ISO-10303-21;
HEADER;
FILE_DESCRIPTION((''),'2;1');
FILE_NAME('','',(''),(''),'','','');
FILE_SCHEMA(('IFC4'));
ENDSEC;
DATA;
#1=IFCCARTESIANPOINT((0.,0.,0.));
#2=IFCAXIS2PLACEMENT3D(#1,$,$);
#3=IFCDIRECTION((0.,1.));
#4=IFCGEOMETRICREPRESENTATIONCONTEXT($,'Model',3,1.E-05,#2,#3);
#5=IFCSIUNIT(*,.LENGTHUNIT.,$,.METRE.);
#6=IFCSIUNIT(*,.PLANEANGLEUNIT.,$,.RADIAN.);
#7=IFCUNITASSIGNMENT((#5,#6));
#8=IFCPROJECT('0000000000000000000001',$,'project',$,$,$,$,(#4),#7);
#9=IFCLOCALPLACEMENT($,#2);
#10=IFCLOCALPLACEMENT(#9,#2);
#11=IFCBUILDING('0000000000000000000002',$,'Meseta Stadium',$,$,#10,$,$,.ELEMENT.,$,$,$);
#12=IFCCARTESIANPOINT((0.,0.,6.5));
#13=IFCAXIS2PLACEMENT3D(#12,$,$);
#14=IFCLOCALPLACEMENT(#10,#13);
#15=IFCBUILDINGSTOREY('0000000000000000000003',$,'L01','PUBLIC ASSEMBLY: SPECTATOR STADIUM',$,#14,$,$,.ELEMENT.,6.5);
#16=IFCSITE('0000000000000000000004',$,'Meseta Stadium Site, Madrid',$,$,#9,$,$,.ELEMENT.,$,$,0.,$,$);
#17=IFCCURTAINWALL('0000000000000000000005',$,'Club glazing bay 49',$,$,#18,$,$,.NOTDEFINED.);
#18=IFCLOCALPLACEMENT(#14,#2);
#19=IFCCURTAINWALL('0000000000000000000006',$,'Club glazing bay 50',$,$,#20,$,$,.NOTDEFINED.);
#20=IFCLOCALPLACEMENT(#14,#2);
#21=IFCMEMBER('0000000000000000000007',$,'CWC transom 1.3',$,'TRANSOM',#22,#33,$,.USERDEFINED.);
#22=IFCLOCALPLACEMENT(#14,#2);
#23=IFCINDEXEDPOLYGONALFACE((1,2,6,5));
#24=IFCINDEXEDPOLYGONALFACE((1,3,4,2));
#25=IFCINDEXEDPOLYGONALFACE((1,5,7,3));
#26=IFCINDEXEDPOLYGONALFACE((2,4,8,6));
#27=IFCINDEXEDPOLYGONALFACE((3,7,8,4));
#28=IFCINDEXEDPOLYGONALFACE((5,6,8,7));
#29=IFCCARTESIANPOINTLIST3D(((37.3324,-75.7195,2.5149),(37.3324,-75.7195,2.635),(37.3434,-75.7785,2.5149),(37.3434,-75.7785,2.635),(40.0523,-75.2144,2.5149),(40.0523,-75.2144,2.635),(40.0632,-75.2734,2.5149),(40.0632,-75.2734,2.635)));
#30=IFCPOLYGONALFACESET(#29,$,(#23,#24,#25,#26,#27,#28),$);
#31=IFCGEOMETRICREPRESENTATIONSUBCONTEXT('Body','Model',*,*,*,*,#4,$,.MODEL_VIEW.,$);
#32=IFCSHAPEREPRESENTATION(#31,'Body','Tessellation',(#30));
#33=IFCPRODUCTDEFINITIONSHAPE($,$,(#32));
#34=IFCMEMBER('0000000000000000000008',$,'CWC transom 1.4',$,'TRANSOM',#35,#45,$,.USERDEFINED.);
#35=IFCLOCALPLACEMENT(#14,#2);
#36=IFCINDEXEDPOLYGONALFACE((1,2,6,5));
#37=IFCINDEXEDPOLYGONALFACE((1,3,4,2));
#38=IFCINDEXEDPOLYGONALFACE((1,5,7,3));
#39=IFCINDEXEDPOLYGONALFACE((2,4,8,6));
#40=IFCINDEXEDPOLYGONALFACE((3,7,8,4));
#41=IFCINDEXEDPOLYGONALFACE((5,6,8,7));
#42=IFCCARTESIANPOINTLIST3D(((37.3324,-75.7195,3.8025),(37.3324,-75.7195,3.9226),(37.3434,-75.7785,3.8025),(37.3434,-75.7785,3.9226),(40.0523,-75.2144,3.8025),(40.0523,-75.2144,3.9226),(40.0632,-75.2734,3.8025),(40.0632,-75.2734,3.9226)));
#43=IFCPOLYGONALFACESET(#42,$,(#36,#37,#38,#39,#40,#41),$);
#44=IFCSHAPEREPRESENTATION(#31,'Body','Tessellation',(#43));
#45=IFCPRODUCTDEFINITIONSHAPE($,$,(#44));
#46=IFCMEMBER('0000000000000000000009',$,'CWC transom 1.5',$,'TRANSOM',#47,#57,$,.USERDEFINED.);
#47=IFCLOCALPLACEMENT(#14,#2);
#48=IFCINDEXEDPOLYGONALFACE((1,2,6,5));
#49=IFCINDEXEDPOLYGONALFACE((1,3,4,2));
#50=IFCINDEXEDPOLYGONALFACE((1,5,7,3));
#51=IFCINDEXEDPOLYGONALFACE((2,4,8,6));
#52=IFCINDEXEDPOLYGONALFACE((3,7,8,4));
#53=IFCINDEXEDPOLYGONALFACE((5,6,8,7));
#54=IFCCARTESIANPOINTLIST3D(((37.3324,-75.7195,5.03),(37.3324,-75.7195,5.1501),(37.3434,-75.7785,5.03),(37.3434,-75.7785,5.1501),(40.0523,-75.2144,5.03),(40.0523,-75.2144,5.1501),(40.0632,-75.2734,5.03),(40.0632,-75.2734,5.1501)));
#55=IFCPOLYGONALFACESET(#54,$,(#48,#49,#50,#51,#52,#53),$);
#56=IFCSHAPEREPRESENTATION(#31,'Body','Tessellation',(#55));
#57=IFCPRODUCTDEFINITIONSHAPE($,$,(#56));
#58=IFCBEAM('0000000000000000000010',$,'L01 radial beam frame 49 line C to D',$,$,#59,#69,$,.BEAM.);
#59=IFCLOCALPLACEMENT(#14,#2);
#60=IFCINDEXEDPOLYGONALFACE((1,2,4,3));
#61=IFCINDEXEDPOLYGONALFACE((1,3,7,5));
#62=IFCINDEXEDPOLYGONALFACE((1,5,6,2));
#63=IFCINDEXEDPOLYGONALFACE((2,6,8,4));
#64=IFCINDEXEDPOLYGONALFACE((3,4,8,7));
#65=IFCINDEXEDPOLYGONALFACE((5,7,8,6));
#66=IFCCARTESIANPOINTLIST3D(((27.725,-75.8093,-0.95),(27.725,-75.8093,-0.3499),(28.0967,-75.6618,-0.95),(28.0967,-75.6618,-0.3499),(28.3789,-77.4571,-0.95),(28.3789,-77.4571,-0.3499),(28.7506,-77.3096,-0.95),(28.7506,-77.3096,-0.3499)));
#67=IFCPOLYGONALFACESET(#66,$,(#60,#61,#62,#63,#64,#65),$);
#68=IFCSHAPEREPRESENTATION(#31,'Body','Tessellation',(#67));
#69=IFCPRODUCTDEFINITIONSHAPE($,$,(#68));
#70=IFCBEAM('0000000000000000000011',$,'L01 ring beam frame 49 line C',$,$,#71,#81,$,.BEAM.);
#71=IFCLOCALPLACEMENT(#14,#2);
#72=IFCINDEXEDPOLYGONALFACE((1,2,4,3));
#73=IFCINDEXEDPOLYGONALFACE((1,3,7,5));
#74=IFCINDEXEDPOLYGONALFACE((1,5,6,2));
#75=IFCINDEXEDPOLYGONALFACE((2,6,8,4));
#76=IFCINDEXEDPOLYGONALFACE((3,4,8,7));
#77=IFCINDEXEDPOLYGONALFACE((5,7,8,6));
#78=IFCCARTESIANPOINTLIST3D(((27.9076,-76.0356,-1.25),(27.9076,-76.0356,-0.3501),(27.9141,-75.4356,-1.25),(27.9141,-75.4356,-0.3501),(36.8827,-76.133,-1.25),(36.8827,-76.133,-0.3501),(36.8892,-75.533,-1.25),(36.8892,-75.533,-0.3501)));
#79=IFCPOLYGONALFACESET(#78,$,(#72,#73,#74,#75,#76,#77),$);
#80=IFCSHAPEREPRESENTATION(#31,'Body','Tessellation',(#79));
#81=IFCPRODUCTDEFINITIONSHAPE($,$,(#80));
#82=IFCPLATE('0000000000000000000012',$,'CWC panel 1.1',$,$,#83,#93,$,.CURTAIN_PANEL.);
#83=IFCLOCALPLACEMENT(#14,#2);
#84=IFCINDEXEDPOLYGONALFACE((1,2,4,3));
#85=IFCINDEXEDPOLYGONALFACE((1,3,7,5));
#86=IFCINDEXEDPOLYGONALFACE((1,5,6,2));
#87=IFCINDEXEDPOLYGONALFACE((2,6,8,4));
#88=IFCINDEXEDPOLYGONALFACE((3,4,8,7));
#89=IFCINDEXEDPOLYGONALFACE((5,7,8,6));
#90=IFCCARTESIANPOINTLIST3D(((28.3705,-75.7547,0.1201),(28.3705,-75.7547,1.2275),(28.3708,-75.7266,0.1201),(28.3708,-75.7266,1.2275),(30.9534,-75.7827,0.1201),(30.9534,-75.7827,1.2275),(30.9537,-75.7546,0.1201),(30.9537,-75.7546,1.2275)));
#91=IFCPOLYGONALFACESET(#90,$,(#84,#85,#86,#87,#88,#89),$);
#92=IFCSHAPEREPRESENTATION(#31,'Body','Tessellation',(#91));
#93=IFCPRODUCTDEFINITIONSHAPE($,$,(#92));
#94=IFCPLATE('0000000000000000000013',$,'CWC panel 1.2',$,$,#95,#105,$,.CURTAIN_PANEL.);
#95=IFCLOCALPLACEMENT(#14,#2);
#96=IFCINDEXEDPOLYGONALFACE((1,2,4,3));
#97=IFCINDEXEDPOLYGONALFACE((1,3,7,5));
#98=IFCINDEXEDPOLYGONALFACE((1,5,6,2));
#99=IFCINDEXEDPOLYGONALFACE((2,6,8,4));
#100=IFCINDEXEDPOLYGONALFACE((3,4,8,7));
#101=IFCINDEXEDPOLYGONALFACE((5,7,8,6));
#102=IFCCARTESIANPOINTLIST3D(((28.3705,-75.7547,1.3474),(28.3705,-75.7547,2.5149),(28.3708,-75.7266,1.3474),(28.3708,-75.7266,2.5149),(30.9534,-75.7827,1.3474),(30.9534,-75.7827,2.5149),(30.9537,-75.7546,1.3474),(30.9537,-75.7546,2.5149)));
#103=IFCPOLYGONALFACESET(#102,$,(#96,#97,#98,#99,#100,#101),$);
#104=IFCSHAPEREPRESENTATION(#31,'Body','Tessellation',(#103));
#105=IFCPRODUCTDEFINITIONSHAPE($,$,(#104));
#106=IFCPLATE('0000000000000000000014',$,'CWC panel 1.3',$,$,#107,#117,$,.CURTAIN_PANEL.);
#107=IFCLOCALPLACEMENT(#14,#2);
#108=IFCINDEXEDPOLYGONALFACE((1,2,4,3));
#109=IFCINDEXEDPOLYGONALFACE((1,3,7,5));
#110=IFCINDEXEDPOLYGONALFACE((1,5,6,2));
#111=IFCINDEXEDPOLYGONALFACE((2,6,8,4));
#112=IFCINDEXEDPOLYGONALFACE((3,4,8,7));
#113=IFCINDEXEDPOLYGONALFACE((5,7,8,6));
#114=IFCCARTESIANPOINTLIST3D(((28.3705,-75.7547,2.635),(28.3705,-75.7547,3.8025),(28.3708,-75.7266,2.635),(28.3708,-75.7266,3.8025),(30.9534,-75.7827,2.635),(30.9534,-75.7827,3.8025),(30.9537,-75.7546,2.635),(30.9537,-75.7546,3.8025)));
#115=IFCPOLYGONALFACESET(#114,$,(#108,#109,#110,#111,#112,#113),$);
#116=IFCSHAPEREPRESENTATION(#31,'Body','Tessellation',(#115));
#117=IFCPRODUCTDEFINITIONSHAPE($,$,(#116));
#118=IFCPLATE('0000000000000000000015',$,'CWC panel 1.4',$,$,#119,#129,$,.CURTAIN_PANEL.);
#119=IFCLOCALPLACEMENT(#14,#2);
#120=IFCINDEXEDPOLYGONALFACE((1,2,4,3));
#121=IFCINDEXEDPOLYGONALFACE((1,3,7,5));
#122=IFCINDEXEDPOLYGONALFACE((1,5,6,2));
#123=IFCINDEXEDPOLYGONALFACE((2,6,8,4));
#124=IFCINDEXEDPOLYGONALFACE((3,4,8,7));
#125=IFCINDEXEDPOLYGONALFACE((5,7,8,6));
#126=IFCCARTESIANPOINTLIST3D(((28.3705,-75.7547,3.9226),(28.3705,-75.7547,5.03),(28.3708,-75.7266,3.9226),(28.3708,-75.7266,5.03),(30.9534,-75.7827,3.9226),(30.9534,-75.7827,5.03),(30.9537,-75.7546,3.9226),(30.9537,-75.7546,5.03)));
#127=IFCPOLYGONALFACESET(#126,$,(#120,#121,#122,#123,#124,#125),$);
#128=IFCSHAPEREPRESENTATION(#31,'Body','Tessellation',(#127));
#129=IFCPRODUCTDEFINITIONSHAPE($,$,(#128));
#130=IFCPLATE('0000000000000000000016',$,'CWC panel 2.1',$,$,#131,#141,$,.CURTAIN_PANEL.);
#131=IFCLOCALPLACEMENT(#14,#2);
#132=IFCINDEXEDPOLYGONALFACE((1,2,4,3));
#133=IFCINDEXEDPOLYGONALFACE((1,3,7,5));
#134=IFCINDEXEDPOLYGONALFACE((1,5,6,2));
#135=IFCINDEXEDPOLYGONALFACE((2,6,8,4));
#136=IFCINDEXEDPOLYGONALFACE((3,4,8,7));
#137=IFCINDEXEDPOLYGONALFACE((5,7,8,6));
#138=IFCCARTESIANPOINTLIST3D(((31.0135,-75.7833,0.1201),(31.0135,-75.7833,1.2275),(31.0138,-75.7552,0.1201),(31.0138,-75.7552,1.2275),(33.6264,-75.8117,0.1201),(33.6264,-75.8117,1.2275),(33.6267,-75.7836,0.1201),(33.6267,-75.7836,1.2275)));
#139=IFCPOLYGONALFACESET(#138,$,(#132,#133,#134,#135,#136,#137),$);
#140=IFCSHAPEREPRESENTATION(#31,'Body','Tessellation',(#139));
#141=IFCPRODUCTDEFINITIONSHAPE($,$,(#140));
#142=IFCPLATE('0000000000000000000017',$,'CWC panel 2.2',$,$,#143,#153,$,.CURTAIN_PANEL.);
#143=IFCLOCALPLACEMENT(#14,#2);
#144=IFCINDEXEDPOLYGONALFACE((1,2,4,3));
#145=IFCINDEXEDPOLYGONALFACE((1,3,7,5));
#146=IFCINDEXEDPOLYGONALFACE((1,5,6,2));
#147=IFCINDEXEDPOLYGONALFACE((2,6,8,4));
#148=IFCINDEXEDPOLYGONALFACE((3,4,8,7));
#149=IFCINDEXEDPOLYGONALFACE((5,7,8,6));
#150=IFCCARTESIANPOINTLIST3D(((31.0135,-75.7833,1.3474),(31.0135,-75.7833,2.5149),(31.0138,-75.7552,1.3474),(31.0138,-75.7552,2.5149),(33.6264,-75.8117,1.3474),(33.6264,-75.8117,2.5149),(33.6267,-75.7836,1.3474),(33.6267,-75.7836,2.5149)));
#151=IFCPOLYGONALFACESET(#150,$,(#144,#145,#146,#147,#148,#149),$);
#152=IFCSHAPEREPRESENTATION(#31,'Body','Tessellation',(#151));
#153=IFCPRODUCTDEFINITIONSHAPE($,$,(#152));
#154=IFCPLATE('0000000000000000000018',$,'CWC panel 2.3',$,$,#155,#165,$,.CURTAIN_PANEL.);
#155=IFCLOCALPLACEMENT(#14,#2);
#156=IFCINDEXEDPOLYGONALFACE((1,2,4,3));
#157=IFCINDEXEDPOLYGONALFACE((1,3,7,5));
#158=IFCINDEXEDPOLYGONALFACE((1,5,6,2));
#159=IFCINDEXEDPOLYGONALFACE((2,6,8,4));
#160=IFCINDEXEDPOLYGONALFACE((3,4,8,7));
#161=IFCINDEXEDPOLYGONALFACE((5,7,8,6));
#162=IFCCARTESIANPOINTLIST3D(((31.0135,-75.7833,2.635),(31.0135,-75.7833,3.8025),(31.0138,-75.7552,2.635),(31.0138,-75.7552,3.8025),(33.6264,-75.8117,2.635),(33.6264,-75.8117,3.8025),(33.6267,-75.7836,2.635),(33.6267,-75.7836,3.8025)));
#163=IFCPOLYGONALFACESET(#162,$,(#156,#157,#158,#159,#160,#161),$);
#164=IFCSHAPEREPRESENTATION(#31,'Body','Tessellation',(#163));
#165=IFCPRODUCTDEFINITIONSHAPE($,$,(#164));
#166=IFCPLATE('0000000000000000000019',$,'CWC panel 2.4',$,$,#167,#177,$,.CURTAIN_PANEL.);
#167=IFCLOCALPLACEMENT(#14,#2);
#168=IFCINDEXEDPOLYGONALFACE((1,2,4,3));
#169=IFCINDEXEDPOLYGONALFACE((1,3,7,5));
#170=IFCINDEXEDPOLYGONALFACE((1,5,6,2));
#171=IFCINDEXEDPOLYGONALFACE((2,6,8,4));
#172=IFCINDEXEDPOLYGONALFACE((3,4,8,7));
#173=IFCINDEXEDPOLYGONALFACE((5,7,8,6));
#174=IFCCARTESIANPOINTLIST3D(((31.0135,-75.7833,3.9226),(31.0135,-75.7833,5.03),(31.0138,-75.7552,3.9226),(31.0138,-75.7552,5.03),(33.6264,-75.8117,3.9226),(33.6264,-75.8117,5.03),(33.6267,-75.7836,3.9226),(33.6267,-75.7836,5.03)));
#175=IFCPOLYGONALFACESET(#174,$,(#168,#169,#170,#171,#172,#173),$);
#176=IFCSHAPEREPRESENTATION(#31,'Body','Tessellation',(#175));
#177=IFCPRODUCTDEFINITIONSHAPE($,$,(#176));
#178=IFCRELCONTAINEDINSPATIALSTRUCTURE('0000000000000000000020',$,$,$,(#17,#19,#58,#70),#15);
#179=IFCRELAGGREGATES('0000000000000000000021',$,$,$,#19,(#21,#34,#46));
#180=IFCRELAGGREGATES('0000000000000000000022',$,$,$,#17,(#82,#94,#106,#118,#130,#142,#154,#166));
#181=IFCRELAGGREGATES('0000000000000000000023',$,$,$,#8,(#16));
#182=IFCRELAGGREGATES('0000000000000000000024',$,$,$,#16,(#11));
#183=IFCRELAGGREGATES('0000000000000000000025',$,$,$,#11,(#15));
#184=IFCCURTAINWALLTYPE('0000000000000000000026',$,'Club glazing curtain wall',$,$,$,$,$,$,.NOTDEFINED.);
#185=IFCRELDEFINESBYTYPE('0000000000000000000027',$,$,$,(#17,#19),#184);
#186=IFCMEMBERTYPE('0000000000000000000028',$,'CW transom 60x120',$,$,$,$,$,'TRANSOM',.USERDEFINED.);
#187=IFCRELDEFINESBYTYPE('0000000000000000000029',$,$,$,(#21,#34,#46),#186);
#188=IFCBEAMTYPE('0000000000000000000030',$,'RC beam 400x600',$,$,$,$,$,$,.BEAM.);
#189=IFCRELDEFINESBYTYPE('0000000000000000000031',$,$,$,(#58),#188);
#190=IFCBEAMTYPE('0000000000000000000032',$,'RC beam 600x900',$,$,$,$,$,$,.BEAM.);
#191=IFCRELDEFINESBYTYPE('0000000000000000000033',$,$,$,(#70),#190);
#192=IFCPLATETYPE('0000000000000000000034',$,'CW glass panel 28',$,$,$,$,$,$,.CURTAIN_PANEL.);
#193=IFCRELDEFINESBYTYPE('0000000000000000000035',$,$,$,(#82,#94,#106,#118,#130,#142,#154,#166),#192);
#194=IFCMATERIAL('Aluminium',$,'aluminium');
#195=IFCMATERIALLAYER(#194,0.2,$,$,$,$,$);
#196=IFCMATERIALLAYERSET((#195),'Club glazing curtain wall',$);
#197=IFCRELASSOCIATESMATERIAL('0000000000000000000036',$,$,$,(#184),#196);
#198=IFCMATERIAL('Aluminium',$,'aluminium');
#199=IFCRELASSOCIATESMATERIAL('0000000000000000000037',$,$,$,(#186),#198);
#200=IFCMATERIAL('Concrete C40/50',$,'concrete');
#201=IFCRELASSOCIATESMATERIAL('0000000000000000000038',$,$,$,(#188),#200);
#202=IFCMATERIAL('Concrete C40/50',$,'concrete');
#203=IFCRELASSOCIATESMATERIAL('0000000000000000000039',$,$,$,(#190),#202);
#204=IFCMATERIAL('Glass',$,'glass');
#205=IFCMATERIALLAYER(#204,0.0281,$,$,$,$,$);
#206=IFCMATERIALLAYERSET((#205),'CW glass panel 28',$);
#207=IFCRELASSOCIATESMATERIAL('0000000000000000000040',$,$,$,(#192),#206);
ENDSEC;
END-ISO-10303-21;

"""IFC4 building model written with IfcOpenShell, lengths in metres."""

from ifc_helpers import new_model, si_unit, direction, frame, origin, origin_2d, place, context, subcontext, project, spatial, rectangle, extrude, material, layer, layer_set, material_profile, profile_set, type_object, element, aggregate, save


model = new_model("IFC4")

# Units and contexts
model_context = context("Model", 3, precision=1e-05, world=origin(), true_north=direction((0.0, 1.0)))
body_context = subcontext(model_context, "Body", "Model", "MODEL_VIEW")
ifc_project = project(units=[si_unit("LENGTHUNIT", "METRE"), si_unit("PLANEANGLEUNIT", "RADIAN")], contexts=[model_context])

# Site, building, storey
site_placement = place(None, origin())
site = spatial("IfcSite", under=ifc_project, at=site_placement, Name="Meseta Stadium Site, Madrid", CompositionType="ELEMENT", RefElevation=0.0)
building_placement = place(site_placement, origin())
building = spatial("IfcBuilding", under=site, at=building_placement, Name="Meseta Stadium", CompositionType="ELEMENT")
storey_placement = place(building_placement, frame((0.0, 0.0, 6.5)))
storey = spatial("IfcBuildingStorey", under=building, at=storey_placement, Name="L01", Description="PUBLIC ASSEMBLY: SPECTATOR STADIUM", CompositionType="ELEMENT", Elevation=6.5)

# Shared definitions
ifc_material_1 = material(Name="Aluminium", Category="aluminium")
ifc_layer_1 = layer(ifc_material_1, 0.2)
ifc_layer_set_1 = layer_set([ifc_layer_1], Name="Club glazing curtain wall")
curtain_wall_type = type_object("IfcCurtainWallType", Name="Club glazing curtain wall", PredefinedType="NOTDEFINED", material=ifc_layer_set_1)

# Curtain wall
curtain_wall_1_placement = place(storey_placement, origin())
curtain_wall_1 = element("IfcCurtainWall", 1, at=curtain_wall_1_placement, inside=storey, type_object=curtain_wall_type, Name="Club glazing bay 49", PredefinedType="NOTDEFINED")

# Curtain wall
curtain_wall_2_placement = place(storey_placement, origin())
curtain_wall_2 = element("IfcCurtainWall", 2, at=curtain_wall_2_placement, inside=storey, type_object=curtain_wall_type, Name="Club glazing bay 50", PredefinedType="NOTDEFINED")

# Members
ifc_material_2 = material(Name="Aluminium", Category="aluminium")
ifc_material_profile_1 = material_profile(ifc_material_2, rectangle(XDim=0.0601, YDim=0.1201, at=origin_2d()), Name="CW 60x120")
ifc_profile_set_1 = profile_set([ifc_material_profile_1], Name="Aluminium")
member_type_1 = type_object("IfcMemberType", Name="CW transom 60x120", ElementType="TRANSOM", PredefinedType="USERDEFINED", material=ifc_profile_set_1)
member_1_placement = place(storey_placement, frame((37.3379, -75.749, 2.575), z_axis=(0.983186, 0.182604, 0.0), x_axis=(-0.182604, 0.983186, 0.0)))
member_1 = element("IfcMember", 3, at=member_1_placement, type_object=member_type_1, Name="CWC transom 1.3", ObjectType="TRANSOM", PredefinedType="USERDEFINED", context=body_context, shape_type="SweptSolid", body=[
    extrude(rectangle(XDim=0.0601, YDim=0.1201, at=origin_2d()), origin(), (0.0, 0.0, 1.0), 2.7664),
])
member_2_placement = place(storey_placement, frame((37.3379, -75.749, 3.8625), z_axis=(0.983186, 0.182604, 0.0), x_axis=(-0.182604, 0.983186, 0.0)))
member_2 = element("IfcMember", 4, at=member_2_placement, type_object=member_type_1, Name="CWC transom 1.4", ObjectType="TRANSOM", PredefinedType="USERDEFINED", context=body_context, shape_type="SweptSolid", body=[
    extrude(rectangle(XDim=0.0601, YDim=0.1201, at=origin_2d()), origin(), (0.0, 0.0, 1.0), 2.7664),
])
member_3_placement = place(storey_placement, frame((37.3379, -75.749, 5.0901), z_axis=(0.983186, 0.182604, 0.0), x_axis=(-0.182604, 0.983186, 0.0)))
member_3 = element("IfcMember", 5, at=member_3_placement, type_object=member_type_1, Name="CWC transom 1.5", ObjectType="TRANSOM", PredefinedType="USERDEFINED", context=body_context, shape_type="SweptSolid", body=[
    extrude(rectangle(XDim=0.0601, YDim=0.1201, at=origin_2d()), origin(), (0.0, 0.0, 1.0), 2.7664),
])
aggregate(curtain_wall_2, [member_1, member_2, member_3])

# Beams
ifc_material_3 = material(Name="Concrete C40/50", Category="concrete")
ifc_material_profile_2 = material_profile(ifc_material_3, rectangle(XDim=0.3999, YDim=0.6001, at=origin_2d()), Name="RC 400x600")
ifc_profile_set_2 = profile_set([ifc_material_profile_2], Name="Concrete C40/50")
beam_type_1 = type_object("IfcBeamType", Name="RC beam 400x600", PredefinedType="BEAM", material=ifc_profile_set_2)
beam_1_placement = place(storey_placement, frame((27.9109, -75.7356, -0.6499), z_axis=(0.368825, -0.929499, 0.0), x_axis=(0.929499, 0.368825, 0.0)))
element("IfcBeam", 6, at=beam_1_placement, inside=storey, type_object=beam_type_1, Name="L01 radial beam frame 49 line C to D", PredefinedType="BEAM", context=body_context, shape_type="SweptSolid", body=[
    extrude(rectangle(XDim=0.3999, YDim=0.6001, at=origin_2d()), origin(), (0.0, 0.0, 1.0), 1.7727),
])
ifc_material_4 = material(Name="Concrete C40/50", Category="concrete")
ifc_material_profile_3 = material_profile(ifc_material_4, rectangle(XDim=0.6001, YDim=0.8999, at=origin_2d()), Name="RC 600x900")
ifc_profile_set_3 = profile_set([ifc_material_profile_3], Name="Concrete C40/50")
beam_type_2 = type_object("IfcBeamType", Name="RC beam 600x900", PredefinedType="BEAM", material=ifc_profile_set_3)
beam_2_placement = place(storey_placement, frame((27.9109, -75.7356, -0.8), z_axis=(0.999941, -0.010853, 0.0), x_axis=(0.010853, 0.999941, 0.0)))
element("IfcBeam", 7, at=beam_2_placement, inside=storey, type_object=beam_type_2, Name="L01 ring beam frame 49 line C", PredefinedType="BEAM", context=body_context, shape_type="SweptSolid", body=[
    extrude(rectangle(XDim=0.6001, YDim=0.8999, at=origin_2d()), origin(), (0.0, 0.0, 1.0), 8.9756),
])

# Plates
ifc_material_5 = material(Name="Glass", Category="glass")
ifc_layer_2 = layer(ifc_material_5, 0.0281)
ifc_layer_set_2 = layer_set([ifc_layer_2], Name="CW glass panel 28")
plate_type = type_object("IfcPlateType", Name="CW glass panel 28", PredefinedType="CURTAIN_PANEL", material=ifc_layer_set_2)
plate_1_placement = place(storey_placement, frame((29.6621, -75.7546, 0.1201), z_axis=(0.0, 0.0, 1.0), x_axis=(0.999941, -0.010843, 0.0)))
plate_1 = element("IfcPlate", 8, at=plate_1_placement, type_object=plate_type, Name="CWC panel 1.1", PredefinedType="CURTAIN_PANEL", context=body_context, shape_type="SweptSolid", body=[
    extrude(rectangle(XDim=2.583, YDim=0.0281, at=origin_2d()), origin(), (0.0, 0.0, 1.0), 1.1074),
])
plate_2_placement = place(storey_placement, frame((29.6621, -75.7546, 1.3474), z_axis=(0.0, 0.0, 1.0), x_axis=(0.999941, -0.010843, 0.0)))
plate_2 = element("IfcPlate", 9, at=plate_2_placement, type_object=plate_type, Name="CWC panel 1.2", PredefinedType="CURTAIN_PANEL", context=body_context, shape_type="SweptSolid", body=[
    extrude(rectangle(XDim=2.583, YDim=0.0281, at=origin_2d()), origin(), (0.0, 0.0, 1.0), 1.1675),
])
plate_3_placement = place(storey_placement, frame((29.6621, -75.7546, 2.635), z_axis=(0.0, 0.0, 1.0), x_axis=(0.999941, -0.010843, 0.0)))
plate_3 = element("IfcPlate", 10, at=plate_3_placement, type_object=plate_type, Name="CWC panel 1.3", PredefinedType="CURTAIN_PANEL", context=body_context, shape_type="SweptSolid", body=[
    extrude(rectangle(XDim=2.583, YDim=0.0281, at=origin_2d()), origin(), (0.0, 0.0, 1.0), 1.1675),
])
plate_4_placement = place(storey_placement, frame((29.6621, -75.7546, 3.9226), z_axis=(0.0, 0.0, 1.0), x_axis=(0.999941, -0.010843, 0.0)))
plate_4 = element("IfcPlate", 11, at=plate_4_placement, type_object=plate_type, Name="CWC panel 1.4", PredefinedType="CURTAIN_PANEL", context=body_context, shape_type="SweptSolid", body=[
    extrude(rectangle(XDim=2.583, YDim=0.0281, at=origin_2d()), origin(), (0.0, 0.0, 1.0), 1.1074),
])
plate_5_placement = place(storey_placement, frame((32.3201, -75.7834, 0.1201), z_axis=(0.0, 0.0, 1.0), x_axis=(0.999941, -0.010843, 0.0)))
plate_5 = element("IfcPlate", 12, at=plate_5_placement, type_object=plate_type, Name="CWC panel 2.1", PredefinedType="CURTAIN_PANEL", context=body_context, shape_type="SweptSolid", body=[
    extrude(rectangle(XDim=2.613, YDim=0.0281, at=origin_2d()), origin(), (0.0, 0.0, 1.0), 1.1074),
])
plate_6_placement = place(storey_placement, frame((32.3201, -75.7834, 1.3474), z_axis=(0.0, 0.0, 1.0), x_axis=(0.999941, -0.010843, 0.0)))
plate_6 = element("IfcPlate", 13, at=plate_6_placement, type_object=plate_type, Name="CWC panel 2.2", PredefinedType="CURTAIN_PANEL", context=body_context, shape_type="SweptSolid", body=[
    extrude(rectangle(XDim=2.613, YDim=0.0281, at=origin_2d()), origin(), (0.0, 0.0, 1.0), 1.1675),
])
plate_7_placement = place(storey_placement, frame((32.3201, -75.7834, 2.635), z_axis=(0.0, 0.0, 1.0), x_axis=(0.999941, -0.010843, 0.0)))
plate_7 = element("IfcPlate", 14, at=plate_7_placement, type_object=plate_type, Name="CWC panel 2.3", PredefinedType="CURTAIN_PANEL", context=body_context, shape_type="SweptSolid", body=[
    extrude(rectangle(XDim=2.613, YDim=0.0281, at=origin_2d()), origin(), (0.0, 0.0, 1.0), 1.1675),
])
plate_8_placement = place(storey_placement, frame((32.3201, -75.7834, 3.9226), z_axis=(0.0, 0.0, 1.0), x_axis=(0.999941, -0.010843, 0.0)))
plate_8 = element("IfcPlate", 15, at=plate_8_placement, type_object=plate_type, Name="CWC panel 2.4", PredefinedType="CURTAIN_PANEL", context=body_context, shape_type="SweptSolid", body=[
    extrude(rectangle(XDim=2.613, YDim=0.0281, at=origin_2d()), origin(), (0.0, 0.0, 1.0), 1.1074),
])
aggregate(curtain_wall_1, [plate_1, plate_2, plate_3, plate_4, plate_5, plate_6, plate_7, plate_8])

save(model, "model.ifc")
